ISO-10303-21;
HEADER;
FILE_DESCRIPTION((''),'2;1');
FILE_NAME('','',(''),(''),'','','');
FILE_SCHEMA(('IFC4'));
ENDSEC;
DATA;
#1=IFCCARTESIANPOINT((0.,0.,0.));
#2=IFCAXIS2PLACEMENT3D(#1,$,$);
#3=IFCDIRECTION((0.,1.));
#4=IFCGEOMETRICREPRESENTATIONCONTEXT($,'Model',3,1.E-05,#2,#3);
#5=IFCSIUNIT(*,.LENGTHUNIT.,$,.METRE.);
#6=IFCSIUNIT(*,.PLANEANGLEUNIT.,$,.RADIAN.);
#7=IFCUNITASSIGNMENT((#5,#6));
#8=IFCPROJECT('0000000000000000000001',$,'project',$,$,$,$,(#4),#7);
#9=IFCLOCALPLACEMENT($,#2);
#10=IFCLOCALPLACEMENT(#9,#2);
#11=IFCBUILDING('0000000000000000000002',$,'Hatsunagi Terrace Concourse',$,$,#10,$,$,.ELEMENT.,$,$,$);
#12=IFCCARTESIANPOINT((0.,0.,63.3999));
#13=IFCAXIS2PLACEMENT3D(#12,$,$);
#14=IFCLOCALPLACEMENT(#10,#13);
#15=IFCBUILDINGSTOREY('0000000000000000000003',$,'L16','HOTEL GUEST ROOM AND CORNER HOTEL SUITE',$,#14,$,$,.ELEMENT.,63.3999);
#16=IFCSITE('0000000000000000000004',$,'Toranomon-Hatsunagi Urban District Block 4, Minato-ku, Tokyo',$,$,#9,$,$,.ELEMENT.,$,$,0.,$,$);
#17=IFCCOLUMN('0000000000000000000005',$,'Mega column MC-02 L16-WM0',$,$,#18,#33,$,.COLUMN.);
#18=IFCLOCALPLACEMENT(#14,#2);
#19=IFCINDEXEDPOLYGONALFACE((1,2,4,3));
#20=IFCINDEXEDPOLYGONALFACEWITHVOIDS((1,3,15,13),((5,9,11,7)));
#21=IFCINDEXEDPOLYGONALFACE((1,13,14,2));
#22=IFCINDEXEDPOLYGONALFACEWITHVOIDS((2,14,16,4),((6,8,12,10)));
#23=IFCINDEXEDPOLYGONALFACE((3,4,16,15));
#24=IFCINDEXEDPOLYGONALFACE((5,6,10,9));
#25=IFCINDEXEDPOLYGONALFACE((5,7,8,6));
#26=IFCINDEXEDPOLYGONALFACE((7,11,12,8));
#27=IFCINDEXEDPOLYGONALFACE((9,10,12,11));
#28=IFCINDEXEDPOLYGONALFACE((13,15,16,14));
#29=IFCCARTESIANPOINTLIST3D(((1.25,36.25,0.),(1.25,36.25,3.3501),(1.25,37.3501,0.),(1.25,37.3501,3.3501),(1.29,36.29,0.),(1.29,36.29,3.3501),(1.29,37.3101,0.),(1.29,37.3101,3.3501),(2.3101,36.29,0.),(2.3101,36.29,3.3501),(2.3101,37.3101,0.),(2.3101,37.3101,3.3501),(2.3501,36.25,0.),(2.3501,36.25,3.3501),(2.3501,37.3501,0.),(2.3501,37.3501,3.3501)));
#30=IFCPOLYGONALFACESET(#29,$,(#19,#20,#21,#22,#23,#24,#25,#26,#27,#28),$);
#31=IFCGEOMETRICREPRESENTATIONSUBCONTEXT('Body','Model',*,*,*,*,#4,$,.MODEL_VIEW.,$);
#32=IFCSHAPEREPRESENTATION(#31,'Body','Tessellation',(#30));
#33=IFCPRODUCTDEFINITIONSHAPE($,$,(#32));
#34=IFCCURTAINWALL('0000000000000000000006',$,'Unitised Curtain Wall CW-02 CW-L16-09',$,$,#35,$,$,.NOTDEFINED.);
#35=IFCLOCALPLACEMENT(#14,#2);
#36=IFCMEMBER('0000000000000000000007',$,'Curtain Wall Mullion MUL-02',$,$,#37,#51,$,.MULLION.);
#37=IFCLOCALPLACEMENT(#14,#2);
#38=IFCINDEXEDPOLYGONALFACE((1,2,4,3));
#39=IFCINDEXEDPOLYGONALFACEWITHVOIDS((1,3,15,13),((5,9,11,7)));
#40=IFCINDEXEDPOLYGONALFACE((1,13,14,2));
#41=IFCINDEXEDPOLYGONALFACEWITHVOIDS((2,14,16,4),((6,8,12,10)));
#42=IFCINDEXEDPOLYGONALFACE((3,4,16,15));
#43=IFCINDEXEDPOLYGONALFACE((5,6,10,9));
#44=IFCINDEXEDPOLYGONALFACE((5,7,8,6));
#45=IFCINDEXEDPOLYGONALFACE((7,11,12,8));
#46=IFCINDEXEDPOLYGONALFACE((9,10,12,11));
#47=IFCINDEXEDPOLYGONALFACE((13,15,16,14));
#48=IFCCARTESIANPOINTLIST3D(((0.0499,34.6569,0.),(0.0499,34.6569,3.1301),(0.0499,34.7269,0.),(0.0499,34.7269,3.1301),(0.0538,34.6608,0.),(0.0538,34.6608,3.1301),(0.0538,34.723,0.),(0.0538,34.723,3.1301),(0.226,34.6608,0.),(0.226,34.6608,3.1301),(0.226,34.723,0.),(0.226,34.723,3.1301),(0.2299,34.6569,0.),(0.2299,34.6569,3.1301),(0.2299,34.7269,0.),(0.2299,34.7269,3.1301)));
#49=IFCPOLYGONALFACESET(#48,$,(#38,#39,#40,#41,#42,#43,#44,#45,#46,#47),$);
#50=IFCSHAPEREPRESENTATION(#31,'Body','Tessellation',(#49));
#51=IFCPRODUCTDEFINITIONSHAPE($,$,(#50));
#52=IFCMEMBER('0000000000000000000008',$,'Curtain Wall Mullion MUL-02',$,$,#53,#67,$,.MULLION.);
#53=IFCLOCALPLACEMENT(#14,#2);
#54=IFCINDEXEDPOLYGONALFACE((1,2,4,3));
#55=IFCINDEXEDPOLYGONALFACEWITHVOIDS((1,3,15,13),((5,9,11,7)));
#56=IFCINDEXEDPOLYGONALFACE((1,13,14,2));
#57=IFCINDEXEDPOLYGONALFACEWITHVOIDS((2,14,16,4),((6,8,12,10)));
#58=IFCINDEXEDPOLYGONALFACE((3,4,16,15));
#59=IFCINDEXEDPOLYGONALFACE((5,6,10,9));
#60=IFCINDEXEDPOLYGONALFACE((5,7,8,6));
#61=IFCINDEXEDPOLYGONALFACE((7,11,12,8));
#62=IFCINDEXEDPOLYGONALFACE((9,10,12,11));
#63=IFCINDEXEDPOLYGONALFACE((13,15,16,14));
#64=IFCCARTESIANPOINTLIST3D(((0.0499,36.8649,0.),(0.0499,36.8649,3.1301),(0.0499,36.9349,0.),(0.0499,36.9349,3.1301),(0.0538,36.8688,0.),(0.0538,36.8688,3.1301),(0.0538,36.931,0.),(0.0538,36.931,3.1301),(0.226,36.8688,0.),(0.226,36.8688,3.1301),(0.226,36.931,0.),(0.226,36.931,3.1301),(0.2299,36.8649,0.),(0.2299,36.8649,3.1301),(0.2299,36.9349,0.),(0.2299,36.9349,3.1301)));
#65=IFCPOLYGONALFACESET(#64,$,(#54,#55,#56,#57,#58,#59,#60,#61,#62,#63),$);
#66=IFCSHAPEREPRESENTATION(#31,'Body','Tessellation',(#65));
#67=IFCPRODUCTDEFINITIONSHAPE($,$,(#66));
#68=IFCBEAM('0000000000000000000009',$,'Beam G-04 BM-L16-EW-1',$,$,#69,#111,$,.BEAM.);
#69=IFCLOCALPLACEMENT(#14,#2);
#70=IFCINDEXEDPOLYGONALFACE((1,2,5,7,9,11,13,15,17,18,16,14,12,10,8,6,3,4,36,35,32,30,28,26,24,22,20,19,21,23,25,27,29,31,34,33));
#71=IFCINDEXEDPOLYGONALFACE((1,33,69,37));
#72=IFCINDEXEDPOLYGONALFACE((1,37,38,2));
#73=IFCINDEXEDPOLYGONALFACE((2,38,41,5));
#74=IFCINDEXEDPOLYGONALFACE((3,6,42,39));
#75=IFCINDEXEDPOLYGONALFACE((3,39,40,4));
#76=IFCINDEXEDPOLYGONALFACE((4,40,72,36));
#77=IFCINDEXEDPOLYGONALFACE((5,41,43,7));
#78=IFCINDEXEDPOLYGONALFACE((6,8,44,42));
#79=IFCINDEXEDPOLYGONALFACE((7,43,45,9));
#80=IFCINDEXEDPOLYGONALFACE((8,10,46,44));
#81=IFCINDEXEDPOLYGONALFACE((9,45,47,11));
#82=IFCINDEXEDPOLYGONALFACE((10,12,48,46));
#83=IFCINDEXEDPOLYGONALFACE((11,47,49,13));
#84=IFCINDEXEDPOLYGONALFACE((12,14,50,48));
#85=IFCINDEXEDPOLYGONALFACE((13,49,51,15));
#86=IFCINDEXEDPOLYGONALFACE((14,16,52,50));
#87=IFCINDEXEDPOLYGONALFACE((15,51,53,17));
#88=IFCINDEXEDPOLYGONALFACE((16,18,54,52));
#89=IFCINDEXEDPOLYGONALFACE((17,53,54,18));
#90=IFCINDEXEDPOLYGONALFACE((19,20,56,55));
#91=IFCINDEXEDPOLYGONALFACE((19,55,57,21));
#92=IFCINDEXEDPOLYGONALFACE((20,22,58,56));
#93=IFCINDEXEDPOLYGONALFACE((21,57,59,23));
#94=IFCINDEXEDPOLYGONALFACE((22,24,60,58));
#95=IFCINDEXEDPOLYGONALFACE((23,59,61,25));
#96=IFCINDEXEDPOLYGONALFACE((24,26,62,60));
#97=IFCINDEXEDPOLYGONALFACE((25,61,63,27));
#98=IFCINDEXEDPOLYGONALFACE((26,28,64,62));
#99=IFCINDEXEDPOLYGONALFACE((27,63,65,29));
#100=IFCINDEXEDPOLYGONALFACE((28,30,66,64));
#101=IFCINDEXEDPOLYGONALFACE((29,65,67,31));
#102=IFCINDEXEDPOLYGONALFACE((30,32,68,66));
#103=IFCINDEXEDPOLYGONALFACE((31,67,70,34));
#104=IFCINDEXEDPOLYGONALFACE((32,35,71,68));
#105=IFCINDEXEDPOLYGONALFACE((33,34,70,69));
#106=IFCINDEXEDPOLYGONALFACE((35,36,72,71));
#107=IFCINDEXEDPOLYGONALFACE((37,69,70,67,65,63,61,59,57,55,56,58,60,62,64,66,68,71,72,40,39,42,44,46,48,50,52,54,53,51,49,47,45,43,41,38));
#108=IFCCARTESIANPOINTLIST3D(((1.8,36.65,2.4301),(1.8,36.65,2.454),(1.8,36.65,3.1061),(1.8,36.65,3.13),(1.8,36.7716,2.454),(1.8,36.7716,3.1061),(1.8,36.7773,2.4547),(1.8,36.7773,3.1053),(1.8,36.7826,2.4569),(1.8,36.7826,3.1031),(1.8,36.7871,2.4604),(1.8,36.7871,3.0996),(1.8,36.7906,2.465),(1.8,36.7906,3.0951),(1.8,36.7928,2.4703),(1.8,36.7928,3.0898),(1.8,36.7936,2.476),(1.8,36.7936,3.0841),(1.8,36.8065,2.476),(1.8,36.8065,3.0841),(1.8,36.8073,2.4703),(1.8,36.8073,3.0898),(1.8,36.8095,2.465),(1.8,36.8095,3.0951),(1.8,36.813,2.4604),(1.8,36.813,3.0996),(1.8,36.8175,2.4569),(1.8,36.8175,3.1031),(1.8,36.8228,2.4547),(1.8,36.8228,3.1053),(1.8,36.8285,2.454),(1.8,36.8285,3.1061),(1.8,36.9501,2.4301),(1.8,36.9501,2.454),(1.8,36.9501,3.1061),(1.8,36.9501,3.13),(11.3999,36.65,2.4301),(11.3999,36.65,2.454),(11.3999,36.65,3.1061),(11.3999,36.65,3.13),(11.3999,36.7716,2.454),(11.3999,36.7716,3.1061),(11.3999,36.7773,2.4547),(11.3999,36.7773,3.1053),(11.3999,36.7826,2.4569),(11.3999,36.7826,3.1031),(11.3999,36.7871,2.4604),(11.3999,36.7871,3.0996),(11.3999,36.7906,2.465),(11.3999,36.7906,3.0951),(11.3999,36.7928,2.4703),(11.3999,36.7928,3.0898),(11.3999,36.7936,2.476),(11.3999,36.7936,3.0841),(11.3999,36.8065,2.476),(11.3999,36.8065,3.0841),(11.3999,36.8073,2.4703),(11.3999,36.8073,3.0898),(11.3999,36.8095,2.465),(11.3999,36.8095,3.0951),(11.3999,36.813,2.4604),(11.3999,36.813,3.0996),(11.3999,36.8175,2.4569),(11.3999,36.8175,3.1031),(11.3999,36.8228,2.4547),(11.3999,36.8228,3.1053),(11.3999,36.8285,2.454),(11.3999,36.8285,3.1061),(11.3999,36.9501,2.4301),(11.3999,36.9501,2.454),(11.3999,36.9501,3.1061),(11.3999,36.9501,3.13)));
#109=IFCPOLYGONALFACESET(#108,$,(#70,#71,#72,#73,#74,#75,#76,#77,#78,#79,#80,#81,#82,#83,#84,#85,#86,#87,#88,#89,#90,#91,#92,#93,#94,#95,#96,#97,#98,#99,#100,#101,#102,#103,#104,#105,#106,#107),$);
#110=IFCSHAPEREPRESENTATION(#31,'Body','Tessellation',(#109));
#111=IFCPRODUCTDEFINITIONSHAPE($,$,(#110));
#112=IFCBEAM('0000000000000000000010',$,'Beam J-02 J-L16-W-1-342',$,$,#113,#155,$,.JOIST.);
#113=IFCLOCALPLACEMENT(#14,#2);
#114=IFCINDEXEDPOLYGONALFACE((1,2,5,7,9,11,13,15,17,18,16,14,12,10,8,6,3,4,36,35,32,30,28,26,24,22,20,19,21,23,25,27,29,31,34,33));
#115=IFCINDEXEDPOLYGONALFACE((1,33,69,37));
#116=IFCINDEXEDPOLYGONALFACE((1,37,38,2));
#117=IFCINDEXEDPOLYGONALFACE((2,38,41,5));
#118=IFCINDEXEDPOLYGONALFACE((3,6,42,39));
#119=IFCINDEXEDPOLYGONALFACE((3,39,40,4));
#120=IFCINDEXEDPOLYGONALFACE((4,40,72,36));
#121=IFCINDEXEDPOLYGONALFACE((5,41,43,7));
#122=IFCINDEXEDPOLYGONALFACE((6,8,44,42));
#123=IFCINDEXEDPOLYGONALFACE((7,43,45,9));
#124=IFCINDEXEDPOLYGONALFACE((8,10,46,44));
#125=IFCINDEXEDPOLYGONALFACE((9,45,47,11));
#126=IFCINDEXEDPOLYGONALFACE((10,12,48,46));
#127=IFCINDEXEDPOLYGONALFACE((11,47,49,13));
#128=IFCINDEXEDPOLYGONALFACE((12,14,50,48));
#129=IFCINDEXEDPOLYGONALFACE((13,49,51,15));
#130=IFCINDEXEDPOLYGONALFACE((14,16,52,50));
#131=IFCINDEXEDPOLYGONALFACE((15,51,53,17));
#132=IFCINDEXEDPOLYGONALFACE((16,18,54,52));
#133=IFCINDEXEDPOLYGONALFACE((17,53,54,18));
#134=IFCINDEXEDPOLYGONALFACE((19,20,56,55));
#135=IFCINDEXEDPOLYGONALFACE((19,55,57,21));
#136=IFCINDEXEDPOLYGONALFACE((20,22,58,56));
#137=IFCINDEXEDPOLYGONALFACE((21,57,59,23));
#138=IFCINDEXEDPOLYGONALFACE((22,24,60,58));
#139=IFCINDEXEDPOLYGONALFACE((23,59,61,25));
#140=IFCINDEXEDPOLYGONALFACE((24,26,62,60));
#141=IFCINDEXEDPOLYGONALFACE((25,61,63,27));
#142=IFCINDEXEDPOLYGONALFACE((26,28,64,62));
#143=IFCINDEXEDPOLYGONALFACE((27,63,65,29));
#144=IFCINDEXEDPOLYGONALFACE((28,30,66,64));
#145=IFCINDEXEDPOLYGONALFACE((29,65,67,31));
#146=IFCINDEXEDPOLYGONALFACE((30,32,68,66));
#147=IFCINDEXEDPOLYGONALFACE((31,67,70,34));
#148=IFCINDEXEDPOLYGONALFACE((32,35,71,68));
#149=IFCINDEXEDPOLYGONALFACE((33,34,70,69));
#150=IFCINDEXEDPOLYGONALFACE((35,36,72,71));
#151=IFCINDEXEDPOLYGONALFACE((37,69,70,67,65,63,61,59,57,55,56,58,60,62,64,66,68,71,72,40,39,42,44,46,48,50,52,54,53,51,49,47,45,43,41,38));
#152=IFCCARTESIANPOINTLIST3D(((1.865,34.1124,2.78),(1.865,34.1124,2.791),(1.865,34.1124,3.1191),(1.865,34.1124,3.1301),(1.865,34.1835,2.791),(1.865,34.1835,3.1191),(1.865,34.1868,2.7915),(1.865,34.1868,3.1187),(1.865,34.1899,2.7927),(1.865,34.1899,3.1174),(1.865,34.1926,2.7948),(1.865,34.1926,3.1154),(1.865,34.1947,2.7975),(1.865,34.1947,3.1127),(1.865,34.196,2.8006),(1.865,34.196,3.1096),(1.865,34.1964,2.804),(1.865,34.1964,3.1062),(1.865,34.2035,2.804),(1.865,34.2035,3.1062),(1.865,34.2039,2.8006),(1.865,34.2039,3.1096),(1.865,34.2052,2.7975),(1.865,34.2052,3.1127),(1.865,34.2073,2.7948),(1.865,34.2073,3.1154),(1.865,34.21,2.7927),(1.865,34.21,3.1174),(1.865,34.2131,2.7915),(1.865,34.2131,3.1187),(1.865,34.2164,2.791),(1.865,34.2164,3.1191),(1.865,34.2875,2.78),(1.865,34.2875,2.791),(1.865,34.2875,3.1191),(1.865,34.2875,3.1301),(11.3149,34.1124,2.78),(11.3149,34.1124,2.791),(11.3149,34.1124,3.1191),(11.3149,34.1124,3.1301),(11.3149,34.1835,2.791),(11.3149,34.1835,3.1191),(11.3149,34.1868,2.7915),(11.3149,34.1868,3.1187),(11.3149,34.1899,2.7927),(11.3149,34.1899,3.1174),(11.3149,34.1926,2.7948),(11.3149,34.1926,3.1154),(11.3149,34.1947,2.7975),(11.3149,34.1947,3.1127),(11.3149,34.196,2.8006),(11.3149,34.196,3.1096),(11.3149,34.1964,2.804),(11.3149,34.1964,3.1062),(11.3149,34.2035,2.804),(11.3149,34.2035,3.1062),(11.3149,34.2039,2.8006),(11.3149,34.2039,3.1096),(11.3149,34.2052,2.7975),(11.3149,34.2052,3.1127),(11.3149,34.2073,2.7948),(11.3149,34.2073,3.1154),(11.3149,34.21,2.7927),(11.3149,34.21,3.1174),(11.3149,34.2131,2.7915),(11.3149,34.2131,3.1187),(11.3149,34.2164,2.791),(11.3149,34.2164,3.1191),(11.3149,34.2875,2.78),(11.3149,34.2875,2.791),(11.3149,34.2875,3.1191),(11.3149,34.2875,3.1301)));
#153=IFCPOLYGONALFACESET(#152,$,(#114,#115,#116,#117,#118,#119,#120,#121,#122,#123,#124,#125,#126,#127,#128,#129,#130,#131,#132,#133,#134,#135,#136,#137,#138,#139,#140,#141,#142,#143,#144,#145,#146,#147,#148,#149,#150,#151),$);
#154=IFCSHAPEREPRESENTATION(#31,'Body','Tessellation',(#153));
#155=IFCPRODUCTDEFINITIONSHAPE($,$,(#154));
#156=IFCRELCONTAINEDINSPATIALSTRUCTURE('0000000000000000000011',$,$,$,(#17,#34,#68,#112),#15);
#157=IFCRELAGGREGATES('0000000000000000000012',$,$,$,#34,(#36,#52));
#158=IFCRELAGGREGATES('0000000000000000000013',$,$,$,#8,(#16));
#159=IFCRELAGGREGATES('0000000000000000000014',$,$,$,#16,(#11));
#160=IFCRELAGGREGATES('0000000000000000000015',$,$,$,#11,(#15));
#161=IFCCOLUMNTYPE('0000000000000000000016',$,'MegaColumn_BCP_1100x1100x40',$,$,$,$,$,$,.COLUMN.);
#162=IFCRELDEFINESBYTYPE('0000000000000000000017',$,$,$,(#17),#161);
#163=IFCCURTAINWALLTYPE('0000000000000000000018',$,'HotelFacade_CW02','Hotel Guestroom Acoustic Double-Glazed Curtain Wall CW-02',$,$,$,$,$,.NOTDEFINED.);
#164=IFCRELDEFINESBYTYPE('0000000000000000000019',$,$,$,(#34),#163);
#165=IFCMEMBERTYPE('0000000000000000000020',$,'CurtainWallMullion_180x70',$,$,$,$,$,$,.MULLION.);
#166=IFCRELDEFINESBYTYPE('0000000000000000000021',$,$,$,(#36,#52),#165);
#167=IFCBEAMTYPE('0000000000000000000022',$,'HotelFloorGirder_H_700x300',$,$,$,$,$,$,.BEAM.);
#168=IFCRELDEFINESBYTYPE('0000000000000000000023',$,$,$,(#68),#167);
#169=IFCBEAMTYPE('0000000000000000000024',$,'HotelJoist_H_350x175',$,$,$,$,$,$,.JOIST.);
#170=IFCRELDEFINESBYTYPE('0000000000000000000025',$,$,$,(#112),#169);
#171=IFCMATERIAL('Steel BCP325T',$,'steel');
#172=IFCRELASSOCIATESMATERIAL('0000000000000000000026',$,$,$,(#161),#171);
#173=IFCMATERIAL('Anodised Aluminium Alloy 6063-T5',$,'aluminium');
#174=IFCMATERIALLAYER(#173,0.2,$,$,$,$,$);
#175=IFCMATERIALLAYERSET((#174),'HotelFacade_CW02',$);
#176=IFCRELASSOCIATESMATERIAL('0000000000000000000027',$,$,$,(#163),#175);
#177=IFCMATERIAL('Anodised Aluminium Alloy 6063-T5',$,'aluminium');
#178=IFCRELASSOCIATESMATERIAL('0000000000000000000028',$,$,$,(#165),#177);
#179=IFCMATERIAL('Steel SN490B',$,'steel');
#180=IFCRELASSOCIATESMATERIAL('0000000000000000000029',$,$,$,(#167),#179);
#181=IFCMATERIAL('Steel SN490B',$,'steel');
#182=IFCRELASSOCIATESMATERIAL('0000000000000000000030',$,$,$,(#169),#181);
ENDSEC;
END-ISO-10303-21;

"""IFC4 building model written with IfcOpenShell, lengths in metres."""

from ifc_helpers import new_model, si_unit, direction, frame, origin, origin_2d, place, context, subcontext, project, spatial, hollow_rectangle, i_section, extrude, material, layer, layer_set, material_profile, profile_set, type_object, element, aggregate, save


model = new_model("IFC4")

# Units and contexts
model_context = context("Model", 3, precision=1e-05, world=origin(), true_north=direction((0.0, 1.0)))
body_context = subcontext(model_context, "Body", "Model", "MODEL_VIEW")
ifc_project = project(units=[si_unit("LENGTHUNIT", "METRE"), si_unit("PLANEANGLEUNIT", "RADIAN")], contexts=[model_context])

# Site, building, storey
site_placement = place(None, origin())
site = spatial("IfcSite", under=ifc_project, at=site_placement, Name="Toranomon-Hatsunagi Urban District Block 4, Minato-ku, Tokyo", CompositionType="ELEMENT", RefElevation=0.0)
building_placement = place(site_placement, origin())
building = spatial("IfcBuilding", under=site, at=building_placement, Name="Hatsunagi Terrace Concourse", CompositionType="ELEMENT")
storey_placement = place(building_placement, frame((0.0, 0.0, 63.3999)))
storey = spatial("IfcBuildingStorey", under=building, at=storey_placement, Name="L16", Description="HOTEL GUEST ROOM AND CORNER HOTEL SUITE", CompositionType="ELEMENT", Elevation=63.3999)

# Column
ifc_material_1 = material(Name="Steel BCP325T", Category="steel")
ifc_material_profile_1 = material_profile(ifc_material_1, hollow_rectangle(XDim=1.1001, YDim=1.1001, WallThickness=0.04, at=origin_2d()), Name="BCP-1100x1100x40")
ifc_profile_set_1 = profile_set([ifc_material_profile_1], Name="Steel BCP325T")
column_type = type_object("IfcColumnType", Name="MegaColumn_BCP_1100x1100x40", PredefinedType="COLUMN", material=ifc_profile_set_1)
column_placement = place(storey_placement, frame((1.8, 36.8, 0.0), z_axis=(0.0, 0.0, 1.0), x_axis=(1.0, 0.0, 0.0)))
element("IfcColumn", 1, at=column_placement, inside=storey, type_object=column_type, Name="Mega column MC-02 L16-WM0", PredefinedType="COLUMN", context=body_context, shape_type="SweptSolid", body=[
    extrude(hollow_rectangle(XDim=1.1001, YDim=1.1001, WallThickness=0.04, at=origin_2d()), origin(), (0.0, 0.0, 1.0), 3.3501),
])

# Curtain wall, members
ifc_material_2 = material(Name="Anodised Aluminium Alloy 6063-T5", Category="aluminium")
ifc_layer_1 = layer(ifc_material_2, 0.2)
ifc_layer_set_1 = layer_set([ifc_layer_1], Name="HotelFacade_CW02")
curtain_wall_type = type_object("IfcCurtainWallType", Name="HotelFacade_CW02", Description="Hotel Guestroom Acoustic Double-Glazed Curtain Wall CW-02", PredefinedType="NOTDEFINED", material=ifc_layer_set_1)
curtain_wall_placement = place(storey_placement, origin())
curtain_wall = element("IfcCurtainWall", 2, at=curtain_wall_placement, inside=storey, type_object=curtain_wall_type, Name="Unitised Curtain Wall CW-02 CW-L16-09", PredefinedType="NOTDEFINED")
ifc_material_3 = material(Name="Anodised Aluminium Alloy 6063-T5", Category="aluminium")
ifc_material_profile_2 = material_profile(ifc_material_3, hollow_rectangle(XDim=0.0701, YDim=0.1799, WallThickness=0.0039, at=origin_2d()), Name="ALU-MUL-180x70x4")
ifc_profile_set_2 = profile_set([ifc_material_profile_2], Name="Anodised Aluminium Alloy 6063-T5")
member_type = type_object("IfcMemberType", Name="CurtainWallMullion_180x70", PredefinedType="MULLION", material=ifc_profile_set_2)
member_1_placement = place(storey_placement, frame((0.1399, 34.6919, 0.0), z_axis=(0.0, 0.0, 1.0), x_axis=(0.0, 1.0, 0.0)))
member_1 = element("IfcMember", 3, at=member_1_placement, type_object=member_type, Name="Curtain Wall Mullion MUL-02", PredefinedType="MULLION", context=body_context, shape_type="SweptSolid", body=[
    extrude(hollow_rectangle(XDim=0.0701, YDim=0.1799, WallThickness=0.0039, at=origin_2d()), origin(), (0.0, 0.0, 1.0), 3.1301),
])
member_2_placement = place(storey_placement, frame((0.1399, 36.8999, 0.0), z_axis=(0.0, 0.0, 1.0), x_axis=(0.0, 1.0, 0.0)))
member_2 = element("IfcMember", 4, at=member_2_placement, type_object=member_type, Name="Curtain Wall Mullion MUL-02", PredefinedType="MULLION", context=body_context, shape_type="SweptSolid", body=[
    extrude(hollow_rectangle(XDim=0.0701, YDim=0.1799, WallThickness=0.0039, at=origin_2d()), origin(), (0.0, 0.0, 1.0), 3.1301),
])

# Beams
ifc_material_4 = material(Name="Steel SN490B", Category="steel")
ifc_material_profile_3 = material_profile(ifc_material_4, i_section(OverallWidth=0.3, OverallDepth=0.7, WebThickness=0.0129, FlangeThickness=0.0239, FilletRadius=0.022, at=origin_2d()), Name="H-700x300x13x24")
ifc_profile_set_3 = profile_set([ifc_material_profile_3], Name="Steel SN490B")
beam_type_1 = type_object("IfcBeamType", Name="HotelFloorGirder_H_700x300", PredefinedType="BEAM", material=ifc_profile_set_3)
beam_1_placement = place(storey_placement, frame((1.8, 36.8, 2.78), z_axis=(1.0, 0.0, 0.0), x_axis=(0.0, 1.0, 0.0)))
element("IfcBeam", 5, at=beam_1_placement, inside=storey, type_object=beam_type_1, Name="Beam G-04 BM-L16-EW-1", PredefinedType="BEAM", context=body_context, shape_type="SweptSolid", body=[
    extrude(i_section(OverallWidth=0.3, OverallDepth=0.7, WebThickness=0.0129, FlangeThickness=0.0239, FilletRadius=0.022, at=origin_2d()), origin(), (0.0, 0.0, 1.0), 9.5999),
])
ifc_material_5 = material(Name="Steel SN490B", Category="steel")
ifc_material_profile_4 = material_profile(ifc_material_5, i_section(OverallWidth=0.175, OverallDepth=0.3501, WebThickness=0.0071, FlangeThickness=0.011, FilletRadius=0.0129, at=origin_2d()), Name="H-350x175x7x11")
ifc_profile_set_4 = profile_set([ifc_material_profile_4], Name="Steel SN490B")
beam_type_2 = type_object("IfcBeamType", Name="HotelJoist_H_350x175", PredefinedType="JOIST", material=ifc_profile_set_4)
beam_2_placement = place(storey_placement, frame((1.865, 34.2, 2.9551), z_axis=(1.0, 0.0, 0.0), x_axis=(0.0, 1.0, 0.0)))
element("IfcBeam", 6, at=beam_2_placement, inside=storey, type_object=beam_type_2, Name="Beam J-02 J-L16-W-1-342", PredefinedType="JOIST", context=body_context, shape_type="SweptSolid", body=[
    extrude(i_section(OverallWidth=0.175, OverallDepth=0.3501, WebThickness=0.0071, FlangeThickness=0.011, FilletRadius=0.0129, at=origin_2d()), origin(), (0.0, 0.0, 1.0), 9.45),
])

aggregate(curtain_wall, [member_1, member_2])

save(model, "model.ifc")
